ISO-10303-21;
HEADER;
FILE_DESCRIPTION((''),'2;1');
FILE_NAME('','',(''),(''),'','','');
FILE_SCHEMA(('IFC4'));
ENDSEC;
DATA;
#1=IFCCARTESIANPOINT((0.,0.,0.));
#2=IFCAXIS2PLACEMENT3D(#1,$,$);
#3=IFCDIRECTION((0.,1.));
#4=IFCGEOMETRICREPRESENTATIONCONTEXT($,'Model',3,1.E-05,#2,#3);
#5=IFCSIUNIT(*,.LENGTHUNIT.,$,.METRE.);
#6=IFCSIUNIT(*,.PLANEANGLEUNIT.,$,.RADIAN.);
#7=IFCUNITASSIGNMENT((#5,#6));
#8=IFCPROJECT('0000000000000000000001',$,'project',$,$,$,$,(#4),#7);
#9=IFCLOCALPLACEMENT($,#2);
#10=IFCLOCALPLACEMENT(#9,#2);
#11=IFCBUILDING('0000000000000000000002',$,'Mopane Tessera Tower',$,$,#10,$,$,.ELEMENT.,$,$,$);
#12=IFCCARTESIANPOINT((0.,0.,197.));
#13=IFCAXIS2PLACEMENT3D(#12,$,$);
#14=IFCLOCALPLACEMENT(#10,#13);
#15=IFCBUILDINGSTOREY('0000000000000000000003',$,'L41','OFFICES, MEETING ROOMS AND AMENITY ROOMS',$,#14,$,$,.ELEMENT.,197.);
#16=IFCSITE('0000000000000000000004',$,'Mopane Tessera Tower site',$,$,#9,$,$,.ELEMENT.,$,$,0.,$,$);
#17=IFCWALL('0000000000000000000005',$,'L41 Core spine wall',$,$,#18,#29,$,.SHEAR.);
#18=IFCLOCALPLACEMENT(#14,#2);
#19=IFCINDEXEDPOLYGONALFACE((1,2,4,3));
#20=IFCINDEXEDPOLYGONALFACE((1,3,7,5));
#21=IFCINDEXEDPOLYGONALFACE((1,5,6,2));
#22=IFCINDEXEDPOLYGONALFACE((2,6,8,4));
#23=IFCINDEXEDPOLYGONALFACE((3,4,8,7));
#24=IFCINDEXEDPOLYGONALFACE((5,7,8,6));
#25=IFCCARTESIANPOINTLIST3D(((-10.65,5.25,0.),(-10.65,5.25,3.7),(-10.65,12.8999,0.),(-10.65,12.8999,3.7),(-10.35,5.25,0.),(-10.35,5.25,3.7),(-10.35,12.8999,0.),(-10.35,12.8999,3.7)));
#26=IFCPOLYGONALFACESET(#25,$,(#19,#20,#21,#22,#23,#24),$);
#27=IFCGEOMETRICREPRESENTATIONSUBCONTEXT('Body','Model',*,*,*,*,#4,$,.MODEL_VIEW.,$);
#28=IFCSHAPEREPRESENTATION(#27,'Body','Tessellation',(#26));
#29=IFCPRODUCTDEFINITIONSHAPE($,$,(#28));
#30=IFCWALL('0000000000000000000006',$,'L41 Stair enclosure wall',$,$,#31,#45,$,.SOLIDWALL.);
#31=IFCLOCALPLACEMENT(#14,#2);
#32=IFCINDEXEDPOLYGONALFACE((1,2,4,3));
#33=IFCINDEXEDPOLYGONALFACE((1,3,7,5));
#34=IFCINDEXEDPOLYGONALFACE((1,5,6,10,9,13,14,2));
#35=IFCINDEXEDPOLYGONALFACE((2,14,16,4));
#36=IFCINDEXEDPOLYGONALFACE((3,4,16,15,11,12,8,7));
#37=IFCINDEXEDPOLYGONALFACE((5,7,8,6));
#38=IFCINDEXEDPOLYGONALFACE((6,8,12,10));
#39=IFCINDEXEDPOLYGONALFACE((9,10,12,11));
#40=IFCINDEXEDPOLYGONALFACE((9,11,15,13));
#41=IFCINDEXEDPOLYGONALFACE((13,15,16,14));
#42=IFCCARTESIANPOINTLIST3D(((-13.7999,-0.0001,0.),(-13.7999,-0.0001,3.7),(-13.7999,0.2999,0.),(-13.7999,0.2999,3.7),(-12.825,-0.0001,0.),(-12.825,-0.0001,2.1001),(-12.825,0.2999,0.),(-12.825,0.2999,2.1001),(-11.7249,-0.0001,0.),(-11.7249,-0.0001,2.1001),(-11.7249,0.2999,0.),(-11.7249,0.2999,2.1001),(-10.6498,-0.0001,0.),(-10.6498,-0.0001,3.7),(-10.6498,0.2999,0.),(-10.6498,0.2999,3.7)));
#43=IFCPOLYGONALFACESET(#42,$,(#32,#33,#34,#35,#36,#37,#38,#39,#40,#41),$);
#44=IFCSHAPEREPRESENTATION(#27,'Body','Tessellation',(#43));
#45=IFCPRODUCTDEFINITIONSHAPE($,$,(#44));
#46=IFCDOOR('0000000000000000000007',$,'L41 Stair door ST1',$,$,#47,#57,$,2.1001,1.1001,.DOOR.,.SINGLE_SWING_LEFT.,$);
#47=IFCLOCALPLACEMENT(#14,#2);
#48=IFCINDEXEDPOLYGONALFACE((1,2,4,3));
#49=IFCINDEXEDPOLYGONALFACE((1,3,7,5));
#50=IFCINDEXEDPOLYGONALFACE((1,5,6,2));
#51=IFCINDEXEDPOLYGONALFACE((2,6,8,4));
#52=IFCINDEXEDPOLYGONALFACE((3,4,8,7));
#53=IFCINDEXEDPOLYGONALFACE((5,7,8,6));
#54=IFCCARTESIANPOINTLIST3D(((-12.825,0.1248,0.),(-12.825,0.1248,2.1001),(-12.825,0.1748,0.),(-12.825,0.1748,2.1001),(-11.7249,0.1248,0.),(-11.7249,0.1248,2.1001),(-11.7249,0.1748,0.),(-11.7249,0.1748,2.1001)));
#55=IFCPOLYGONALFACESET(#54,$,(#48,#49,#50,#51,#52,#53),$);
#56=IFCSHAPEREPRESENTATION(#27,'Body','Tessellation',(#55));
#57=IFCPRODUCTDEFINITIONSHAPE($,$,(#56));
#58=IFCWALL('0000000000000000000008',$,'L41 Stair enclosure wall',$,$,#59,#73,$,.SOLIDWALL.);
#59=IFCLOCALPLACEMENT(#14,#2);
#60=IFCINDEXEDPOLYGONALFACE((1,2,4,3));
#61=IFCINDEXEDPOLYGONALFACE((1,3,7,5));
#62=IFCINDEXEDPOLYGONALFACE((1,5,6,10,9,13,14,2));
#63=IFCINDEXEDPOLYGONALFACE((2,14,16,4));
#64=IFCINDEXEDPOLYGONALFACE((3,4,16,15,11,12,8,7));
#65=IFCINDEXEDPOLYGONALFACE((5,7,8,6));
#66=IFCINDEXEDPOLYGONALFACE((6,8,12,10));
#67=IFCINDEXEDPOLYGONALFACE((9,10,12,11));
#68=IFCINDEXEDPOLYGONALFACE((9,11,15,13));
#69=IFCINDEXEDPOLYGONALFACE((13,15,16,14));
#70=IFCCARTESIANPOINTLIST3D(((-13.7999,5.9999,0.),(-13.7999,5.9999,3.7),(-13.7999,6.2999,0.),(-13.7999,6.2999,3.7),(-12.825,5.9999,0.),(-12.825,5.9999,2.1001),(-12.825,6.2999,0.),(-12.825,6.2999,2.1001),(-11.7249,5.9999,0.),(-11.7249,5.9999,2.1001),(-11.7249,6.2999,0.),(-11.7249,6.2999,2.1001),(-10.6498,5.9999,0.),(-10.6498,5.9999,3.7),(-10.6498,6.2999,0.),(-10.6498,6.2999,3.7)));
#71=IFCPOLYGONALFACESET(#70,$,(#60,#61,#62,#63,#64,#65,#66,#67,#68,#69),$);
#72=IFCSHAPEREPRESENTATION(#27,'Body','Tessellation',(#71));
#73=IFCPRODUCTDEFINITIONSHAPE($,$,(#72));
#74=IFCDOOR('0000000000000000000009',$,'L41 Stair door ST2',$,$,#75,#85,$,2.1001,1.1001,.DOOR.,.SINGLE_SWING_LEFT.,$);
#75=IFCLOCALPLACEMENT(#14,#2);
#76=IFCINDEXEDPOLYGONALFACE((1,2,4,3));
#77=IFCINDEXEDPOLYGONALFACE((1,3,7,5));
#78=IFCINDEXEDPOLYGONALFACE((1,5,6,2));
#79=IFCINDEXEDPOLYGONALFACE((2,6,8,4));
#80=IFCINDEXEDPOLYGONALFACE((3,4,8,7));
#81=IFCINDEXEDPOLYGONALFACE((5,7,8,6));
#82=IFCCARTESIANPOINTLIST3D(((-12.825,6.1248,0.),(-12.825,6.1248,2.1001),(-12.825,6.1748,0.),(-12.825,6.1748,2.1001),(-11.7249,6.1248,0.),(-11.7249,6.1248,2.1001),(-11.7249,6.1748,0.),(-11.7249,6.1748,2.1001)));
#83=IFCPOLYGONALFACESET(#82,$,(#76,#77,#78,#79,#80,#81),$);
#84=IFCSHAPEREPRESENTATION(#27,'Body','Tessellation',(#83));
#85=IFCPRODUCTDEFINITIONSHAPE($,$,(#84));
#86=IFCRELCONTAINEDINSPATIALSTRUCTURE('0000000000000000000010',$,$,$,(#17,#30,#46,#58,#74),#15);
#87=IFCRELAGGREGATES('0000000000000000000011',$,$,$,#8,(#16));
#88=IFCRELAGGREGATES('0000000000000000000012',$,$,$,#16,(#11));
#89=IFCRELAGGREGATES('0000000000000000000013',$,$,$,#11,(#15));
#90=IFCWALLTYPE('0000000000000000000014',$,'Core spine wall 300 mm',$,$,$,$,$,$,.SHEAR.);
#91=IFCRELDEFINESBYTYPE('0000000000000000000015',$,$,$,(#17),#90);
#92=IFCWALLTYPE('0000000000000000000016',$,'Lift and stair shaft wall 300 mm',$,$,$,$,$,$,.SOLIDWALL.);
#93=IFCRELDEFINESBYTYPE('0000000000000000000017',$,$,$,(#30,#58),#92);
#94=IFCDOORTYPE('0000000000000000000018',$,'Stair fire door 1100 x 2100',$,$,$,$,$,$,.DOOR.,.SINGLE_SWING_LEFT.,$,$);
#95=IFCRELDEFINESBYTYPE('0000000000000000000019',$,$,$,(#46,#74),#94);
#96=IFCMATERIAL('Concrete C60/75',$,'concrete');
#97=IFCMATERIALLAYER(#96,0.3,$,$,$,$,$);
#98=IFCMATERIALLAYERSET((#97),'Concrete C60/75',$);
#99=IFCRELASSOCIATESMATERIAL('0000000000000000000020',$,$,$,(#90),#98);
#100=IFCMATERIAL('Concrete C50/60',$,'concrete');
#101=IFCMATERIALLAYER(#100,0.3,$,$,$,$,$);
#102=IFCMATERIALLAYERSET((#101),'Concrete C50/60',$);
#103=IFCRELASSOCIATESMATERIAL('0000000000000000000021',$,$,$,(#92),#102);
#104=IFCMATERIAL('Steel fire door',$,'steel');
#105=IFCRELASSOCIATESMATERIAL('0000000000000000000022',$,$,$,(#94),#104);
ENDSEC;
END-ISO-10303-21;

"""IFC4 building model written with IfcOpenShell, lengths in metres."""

from ifc_helpers import new_model, si_unit, direction, frame, frame_2d, origin, place, context, subcontext, project, spatial, rectangle, extrude, material, layer, layer_set, type_object, element, fill, save


model = new_model("IFC4")

# Units and contexts
model_context = context("Model", 3, precision=1e-05, world=origin(), true_north=direction((0.0, 1.0)))
body_context = subcontext(model_context, "Body", "Model", "MODEL_VIEW")
ifc_project = project(units=[si_unit("LENGTHUNIT", "METRE"), si_unit("PLANEANGLEUNIT", "RADIAN")], contexts=[model_context])

# Site, building, storey
site_placement = place(None, origin())
site = spatial("IfcSite", under=ifc_project, at=site_placement, Name="Mopane Tessera Tower site", CompositionType="ELEMENT", RefElevation=0.0)
building_placement = place(site_placement, origin())
building = spatial("IfcBuilding", under=site, at=building_placement, Name="Mopane Tessera Tower", CompositionType="ELEMENT")
storey_placement = place(building_placement, frame((0.0, 0.0, 197.0)))
storey = spatial("IfcBuildingStorey", under=building, at=storey_placement, Name="L41", Description="OFFICES, MEETING ROOMS AND AMENITY ROOMS", CompositionType="ELEMENT", Elevation=197.0)

# Wall
ifc_material_1 = material(Name="Concrete C60/75", Category="concrete")
ifc_layer_1 = layer(ifc_material_1, 0.3)
ifc_layer_set_1 = layer_set([ifc_layer_1], Name="Concrete C60/75")
wall_type_1 = type_object("IfcWallType", Name="Core spine wall 300 mm", PredefinedType="SHEAR", material=ifc_layer_set_1)
wall_1_placement = place(storey_placement, frame((-10.5, 5.25, 0.0), z_axis=(0.0, 0.0, 1.0), x_axis=(0.0, 1.0, 0.0)))
element("IfcWall", 1, at=wall_1_placement, inside=storey, type_object=wall_type_1, Name="L41 Core spine wall", PredefinedType="SHEAR", context=body_context, shape_type="SweptSolid", body=[
    extrude(rectangle(XDim=7.6499, YDim=0.3, at=frame_2d((3.825, 0.0))), origin(), (0.0, 0.0, 1.0), 3.7),
])

# Walls, openings, doors
ifc_material_2 = material(Name="Concrete C50/60", Category="concrete")
ifc_layer_2 = layer(ifc_material_2, 0.3)
ifc_layer_set_2 = layer_set([ifc_layer_2], Name="Concrete C50/60")
wall_type_2 = type_object("IfcWallType", Name="Lift and stair shaft wall 300 mm", PredefinedType="SOLIDWALL", material=ifc_layer_set_2)
wall_2_placement = place(storey_placement, frame((-13.8, 0.1499, 0.0), z_axis=(0.0, 0.0, 1.0), x_axis=(1.0, 0.0, 0.0)))
wall_2 = element("IfcWall", 2, at=wall_2_placement, inside=storey, type_object=wall_type_2, Name="L41 Stair enclosure wall", PredefinedType="SOLIDWALL", context=body_context, shape_type="SweptSolid", body=[
    extrude(rectangle(XDim=3.1501, YDim=0.3, at=frame_2d((1.5752, 0.0))), origin(), (0.0, 0.0, 1.0), 3.7),
])
opening_1_placement = place(wall_2_placement, frame((0.9751, 0.0, 0.0)))
opening_1 = element("IfcOpeningElement", 3, at=opening_1_placement, cuts=wall_2, PredefinedType="OPENING", context=body_context, shape_type="SweptSolid", body=[
    extrude(rectangle(XDim=1.1001, YDim=2.1001, at=frame_2d((0.55, 1.05))), frame((0.0, 0.1621, 0.0), z_axis=(0.0, -1.0, 0.0), x_axis=(1.0, 0.0, 0.0)), (0.0, 0.0, 1.0), 0.324),
])
ifc_material_3 = material(Name="Steel fire door", Category="steel")
door_type_1 = type_object("IfcDoorType", Name="Stair fire door 1100 x 2100", OperationType="SINGLE_SWING_LEFT", PredefinedType="DOOR", material=ifc_material_3)
door_1_placement = place(opening_1_placement, origin())
door_1 = element("IfcDoor", 4, at=door_1_placement, inside=storey, type_object=door_type_1, Name="L41 Stair door ST1", OperationType="SINGLE_SWING_LEFT", OverallHeight=2.1001, OverallWidth=1.1001, PredefinedType="DOOR", context=body_context, shape_type="SweptSolid", body=[
    extrude(rectangle(XDim=1.1001, YDim=2.1001, at=frame_2d((0.55, 1.05))), frame((0.0, 0.0249, 0.0), z_axis=(0.0, -1.0, 0.0), x_axis=(1.0, 0.0, 0.0)), (0.0, 0.0, 1.0), 0.05),
])
fill(opening_1, door_1)
wall_3_placement = place(storey_placement, frame((-13.8, 6.1499, 0.0), z_axis=(0.0, 0.0, 1.0), x_axis=(1.0, 0.0, 0.0)))
wall_3 = element("IfcWall", 5, at=wall_3_placement, inside=storey, type_object=wall_type_2, Name="L41 Stair enclosure wall", PredefinedType="SOLIDWALL", context=body_context, shape_type="SweptSolid", body=[
    extrude(rectangle(XDim=3.1501, YDim=0.3, at=frame_2d((1.5752, 0.0))), origin(), (0.0, 0.0, 1.0), 3.7),
])
opening_2_placement = place(wall_3_placement, frame((0.9751, 0.0, 0.0)))
opening_2 = element("IfcOpeningElement", 6, at=opening_2_placement, cuts=wall_3, PredefinedType="OPENING", context=body_context, shape_type="SweptSolid", body=[
    extrude(rectangle(XDim=1.1001, YDim=2.1001, at=frame_2d((0.55, 1.05))), frame((0.0, 0.1621, 0.0), z_axis=(0.0, -1.0, 0.0), x_axis=(1.0, 0.0, 0.0)), (0.0, 0.0, 1.0), 0.324),
])
door_2_placement = place(opening_2_placement, origin())
door_2 = element("IfcDoor", 7, at=door_2_placement, inside=storey, type_object=door_type_1, Name="L41 Stair door ST2", OperationType="SINGLE_SWING_LEFT", OverallHeight=2.1001, OverallWidth=1.1001, PredefinedType="DOOR", context=body_context, shape_type="SweptSolid", body=[
    extrude(rectangle(XDim=1.1001, YDim=2.1001, at=frame_2d((0.55, 1.05))), frame((0.0, 0.0249, 0.0), z_axis=(0.0, -1.0, 0.0), x_axis=(1.0, 0.0, 0.0)), (0.0, 0.0, 1.0), 0.05),
])
fill(opening_2, door_2)

save(model, "model.ifc")
